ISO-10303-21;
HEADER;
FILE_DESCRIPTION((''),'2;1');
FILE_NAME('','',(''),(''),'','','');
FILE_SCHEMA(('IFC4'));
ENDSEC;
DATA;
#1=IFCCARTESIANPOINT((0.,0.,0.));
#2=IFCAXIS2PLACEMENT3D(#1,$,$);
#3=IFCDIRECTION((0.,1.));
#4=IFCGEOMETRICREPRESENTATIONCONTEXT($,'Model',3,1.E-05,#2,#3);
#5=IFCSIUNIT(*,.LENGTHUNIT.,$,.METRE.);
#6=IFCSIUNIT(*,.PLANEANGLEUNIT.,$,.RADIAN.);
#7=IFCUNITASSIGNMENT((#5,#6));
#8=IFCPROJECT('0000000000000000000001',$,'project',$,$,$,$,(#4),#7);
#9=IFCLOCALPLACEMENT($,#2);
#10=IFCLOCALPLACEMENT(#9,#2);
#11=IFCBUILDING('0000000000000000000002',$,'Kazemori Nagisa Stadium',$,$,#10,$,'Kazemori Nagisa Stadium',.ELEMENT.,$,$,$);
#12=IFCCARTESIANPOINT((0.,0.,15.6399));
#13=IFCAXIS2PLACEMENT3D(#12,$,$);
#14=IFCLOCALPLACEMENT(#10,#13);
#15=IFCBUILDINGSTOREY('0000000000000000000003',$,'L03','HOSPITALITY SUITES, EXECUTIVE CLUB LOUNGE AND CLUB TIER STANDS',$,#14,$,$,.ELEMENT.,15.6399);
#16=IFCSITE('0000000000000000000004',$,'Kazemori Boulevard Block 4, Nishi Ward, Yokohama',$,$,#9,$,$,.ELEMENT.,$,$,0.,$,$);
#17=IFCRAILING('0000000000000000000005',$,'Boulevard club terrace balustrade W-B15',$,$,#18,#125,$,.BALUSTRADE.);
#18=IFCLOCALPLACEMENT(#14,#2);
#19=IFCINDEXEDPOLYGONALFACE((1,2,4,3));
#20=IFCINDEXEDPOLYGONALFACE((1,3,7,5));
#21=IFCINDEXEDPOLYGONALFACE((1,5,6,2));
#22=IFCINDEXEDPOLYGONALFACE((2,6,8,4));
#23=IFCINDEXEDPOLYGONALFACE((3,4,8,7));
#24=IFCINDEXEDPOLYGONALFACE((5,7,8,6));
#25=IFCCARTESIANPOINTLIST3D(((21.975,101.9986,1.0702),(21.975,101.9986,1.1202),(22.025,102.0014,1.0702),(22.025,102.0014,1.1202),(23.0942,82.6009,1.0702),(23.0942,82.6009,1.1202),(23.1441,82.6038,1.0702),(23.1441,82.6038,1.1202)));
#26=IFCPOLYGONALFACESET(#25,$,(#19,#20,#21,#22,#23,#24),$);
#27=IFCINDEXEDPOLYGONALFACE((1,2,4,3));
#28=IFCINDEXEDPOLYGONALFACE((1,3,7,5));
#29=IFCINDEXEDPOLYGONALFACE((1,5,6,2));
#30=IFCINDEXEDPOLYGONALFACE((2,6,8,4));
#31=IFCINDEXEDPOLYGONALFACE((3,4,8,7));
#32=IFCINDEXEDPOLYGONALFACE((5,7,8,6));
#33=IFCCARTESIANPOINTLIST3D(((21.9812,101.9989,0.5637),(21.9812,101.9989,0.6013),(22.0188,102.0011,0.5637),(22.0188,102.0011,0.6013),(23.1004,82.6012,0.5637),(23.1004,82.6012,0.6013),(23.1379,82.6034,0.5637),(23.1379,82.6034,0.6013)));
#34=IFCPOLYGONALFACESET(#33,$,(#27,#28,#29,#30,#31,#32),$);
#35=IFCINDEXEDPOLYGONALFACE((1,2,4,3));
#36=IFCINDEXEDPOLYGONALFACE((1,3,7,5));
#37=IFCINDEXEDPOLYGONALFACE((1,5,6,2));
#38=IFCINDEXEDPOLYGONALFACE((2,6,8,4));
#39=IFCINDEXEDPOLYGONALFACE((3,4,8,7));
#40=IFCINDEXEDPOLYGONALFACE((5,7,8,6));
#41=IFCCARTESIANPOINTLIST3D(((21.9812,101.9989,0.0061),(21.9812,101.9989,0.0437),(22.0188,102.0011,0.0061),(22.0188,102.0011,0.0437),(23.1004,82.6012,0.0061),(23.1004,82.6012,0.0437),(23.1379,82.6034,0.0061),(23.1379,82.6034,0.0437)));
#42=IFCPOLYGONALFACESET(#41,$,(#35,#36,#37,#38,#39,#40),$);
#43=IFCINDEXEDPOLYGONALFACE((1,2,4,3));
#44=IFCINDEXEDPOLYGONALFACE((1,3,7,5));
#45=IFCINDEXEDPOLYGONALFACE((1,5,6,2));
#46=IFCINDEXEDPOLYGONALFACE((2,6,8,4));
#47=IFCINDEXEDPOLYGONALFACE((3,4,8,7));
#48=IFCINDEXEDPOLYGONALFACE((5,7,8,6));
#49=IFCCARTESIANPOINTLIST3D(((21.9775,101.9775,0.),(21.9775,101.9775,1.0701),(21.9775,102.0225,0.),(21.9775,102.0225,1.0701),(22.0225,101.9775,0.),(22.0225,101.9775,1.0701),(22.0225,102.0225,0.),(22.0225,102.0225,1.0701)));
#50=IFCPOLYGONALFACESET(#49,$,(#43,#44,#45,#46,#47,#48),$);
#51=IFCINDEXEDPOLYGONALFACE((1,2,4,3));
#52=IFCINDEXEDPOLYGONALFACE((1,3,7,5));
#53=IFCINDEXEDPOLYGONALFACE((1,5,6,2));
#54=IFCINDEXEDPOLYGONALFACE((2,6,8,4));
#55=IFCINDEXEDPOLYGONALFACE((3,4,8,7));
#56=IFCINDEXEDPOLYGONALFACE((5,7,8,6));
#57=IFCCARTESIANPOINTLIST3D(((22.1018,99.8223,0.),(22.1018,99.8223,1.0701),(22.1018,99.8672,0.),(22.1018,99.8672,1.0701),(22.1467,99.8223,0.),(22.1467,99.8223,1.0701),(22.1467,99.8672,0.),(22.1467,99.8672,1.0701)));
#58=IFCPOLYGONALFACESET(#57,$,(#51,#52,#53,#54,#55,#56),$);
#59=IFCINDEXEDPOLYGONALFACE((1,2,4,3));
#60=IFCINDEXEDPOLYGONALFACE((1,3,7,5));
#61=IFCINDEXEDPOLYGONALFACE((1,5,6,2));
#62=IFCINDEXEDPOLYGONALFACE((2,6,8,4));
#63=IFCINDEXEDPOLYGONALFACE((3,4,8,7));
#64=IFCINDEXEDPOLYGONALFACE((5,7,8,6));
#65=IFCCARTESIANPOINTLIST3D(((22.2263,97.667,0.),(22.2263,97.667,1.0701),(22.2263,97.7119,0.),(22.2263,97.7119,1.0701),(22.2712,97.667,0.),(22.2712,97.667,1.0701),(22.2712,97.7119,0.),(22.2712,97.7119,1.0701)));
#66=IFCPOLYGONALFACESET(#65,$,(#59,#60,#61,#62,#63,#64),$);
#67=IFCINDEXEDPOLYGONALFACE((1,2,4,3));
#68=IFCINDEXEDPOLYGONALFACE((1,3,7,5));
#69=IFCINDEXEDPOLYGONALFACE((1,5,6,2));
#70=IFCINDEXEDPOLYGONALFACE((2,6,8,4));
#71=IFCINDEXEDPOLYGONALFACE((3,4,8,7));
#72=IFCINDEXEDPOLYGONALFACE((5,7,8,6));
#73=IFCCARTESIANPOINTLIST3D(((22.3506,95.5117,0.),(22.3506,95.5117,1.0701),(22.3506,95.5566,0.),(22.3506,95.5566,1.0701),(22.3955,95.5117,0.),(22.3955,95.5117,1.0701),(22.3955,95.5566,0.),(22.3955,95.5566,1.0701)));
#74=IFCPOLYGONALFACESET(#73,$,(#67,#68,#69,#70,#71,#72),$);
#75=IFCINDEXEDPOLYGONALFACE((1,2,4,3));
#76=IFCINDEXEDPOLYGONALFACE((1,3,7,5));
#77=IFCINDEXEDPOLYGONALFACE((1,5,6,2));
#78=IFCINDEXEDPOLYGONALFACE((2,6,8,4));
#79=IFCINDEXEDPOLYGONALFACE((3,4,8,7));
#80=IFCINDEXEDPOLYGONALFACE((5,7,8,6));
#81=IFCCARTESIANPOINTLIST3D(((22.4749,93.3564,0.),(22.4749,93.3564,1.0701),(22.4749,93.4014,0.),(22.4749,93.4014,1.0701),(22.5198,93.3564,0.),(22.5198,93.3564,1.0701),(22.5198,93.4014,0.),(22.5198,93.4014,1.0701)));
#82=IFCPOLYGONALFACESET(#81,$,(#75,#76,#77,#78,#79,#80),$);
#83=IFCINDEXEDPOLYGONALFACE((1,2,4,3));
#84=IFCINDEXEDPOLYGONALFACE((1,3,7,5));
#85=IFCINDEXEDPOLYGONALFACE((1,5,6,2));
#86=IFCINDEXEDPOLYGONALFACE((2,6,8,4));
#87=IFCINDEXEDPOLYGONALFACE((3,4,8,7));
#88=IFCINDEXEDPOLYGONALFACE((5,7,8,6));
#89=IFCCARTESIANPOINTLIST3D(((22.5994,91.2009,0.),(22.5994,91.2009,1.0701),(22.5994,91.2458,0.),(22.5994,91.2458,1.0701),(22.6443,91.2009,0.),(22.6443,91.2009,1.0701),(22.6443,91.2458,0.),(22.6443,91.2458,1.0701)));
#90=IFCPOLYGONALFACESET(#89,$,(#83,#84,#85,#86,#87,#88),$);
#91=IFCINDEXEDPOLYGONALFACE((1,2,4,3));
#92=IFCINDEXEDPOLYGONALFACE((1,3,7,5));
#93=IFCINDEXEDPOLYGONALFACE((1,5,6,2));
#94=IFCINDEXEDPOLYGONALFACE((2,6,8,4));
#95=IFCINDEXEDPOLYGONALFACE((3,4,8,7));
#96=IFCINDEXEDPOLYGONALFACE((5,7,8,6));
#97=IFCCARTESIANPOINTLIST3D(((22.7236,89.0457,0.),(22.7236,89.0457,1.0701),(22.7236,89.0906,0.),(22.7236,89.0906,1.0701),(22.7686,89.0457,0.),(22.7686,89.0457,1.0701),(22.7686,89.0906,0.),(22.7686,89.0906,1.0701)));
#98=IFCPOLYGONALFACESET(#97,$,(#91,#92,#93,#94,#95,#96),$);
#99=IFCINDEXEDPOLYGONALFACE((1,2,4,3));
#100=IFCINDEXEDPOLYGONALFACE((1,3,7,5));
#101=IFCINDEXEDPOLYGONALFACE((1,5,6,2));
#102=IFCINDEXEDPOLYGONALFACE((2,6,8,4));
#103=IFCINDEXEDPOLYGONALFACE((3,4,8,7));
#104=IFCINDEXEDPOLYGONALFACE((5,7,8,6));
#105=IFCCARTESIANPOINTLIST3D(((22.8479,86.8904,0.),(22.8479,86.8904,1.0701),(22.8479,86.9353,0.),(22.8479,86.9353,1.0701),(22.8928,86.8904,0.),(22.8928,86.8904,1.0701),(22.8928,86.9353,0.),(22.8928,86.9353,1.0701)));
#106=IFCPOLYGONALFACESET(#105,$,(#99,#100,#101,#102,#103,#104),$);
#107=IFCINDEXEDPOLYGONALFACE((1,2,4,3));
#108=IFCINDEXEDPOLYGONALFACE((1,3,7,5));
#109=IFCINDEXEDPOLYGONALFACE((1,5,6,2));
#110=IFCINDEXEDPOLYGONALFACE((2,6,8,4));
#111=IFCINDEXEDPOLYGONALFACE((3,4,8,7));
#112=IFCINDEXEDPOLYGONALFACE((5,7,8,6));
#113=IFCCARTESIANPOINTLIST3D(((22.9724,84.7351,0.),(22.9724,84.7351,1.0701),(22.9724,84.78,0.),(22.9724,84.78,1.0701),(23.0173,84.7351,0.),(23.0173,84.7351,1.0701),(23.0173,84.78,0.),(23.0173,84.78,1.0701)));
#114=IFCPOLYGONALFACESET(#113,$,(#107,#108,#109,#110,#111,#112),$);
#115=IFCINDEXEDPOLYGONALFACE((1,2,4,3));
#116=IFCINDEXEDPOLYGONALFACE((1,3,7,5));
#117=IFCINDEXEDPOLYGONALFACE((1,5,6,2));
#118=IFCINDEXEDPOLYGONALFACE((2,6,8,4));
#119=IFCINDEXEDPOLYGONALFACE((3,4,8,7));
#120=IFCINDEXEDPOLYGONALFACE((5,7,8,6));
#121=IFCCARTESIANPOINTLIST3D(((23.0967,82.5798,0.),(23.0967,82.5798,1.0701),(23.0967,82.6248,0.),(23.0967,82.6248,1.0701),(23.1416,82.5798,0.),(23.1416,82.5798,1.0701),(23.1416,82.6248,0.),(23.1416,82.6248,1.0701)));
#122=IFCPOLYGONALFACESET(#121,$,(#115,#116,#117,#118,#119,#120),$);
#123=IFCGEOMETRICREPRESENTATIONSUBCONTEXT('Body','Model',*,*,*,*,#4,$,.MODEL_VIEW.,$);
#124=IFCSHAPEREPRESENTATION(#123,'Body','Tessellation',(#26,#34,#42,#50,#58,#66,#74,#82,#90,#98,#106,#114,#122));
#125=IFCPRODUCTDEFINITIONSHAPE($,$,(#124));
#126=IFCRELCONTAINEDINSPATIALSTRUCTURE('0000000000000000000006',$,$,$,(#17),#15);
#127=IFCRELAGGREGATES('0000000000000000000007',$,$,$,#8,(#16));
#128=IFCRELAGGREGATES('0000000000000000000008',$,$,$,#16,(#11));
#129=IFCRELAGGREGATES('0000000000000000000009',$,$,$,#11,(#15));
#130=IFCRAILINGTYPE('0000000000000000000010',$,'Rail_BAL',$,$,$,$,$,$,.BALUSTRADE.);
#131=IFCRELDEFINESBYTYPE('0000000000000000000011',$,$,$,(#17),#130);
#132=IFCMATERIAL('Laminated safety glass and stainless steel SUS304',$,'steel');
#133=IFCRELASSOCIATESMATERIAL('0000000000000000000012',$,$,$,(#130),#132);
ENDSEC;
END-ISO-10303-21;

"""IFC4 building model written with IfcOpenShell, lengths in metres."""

from ifc_helpers import new_model, si_unit, direction, frame, origin, origin_2d, place, context, subcontext, project, spatial, rectangle, extrude, material, type_object, element, save


model = new_model("IFC4")

# Units and contexts
model_context = context("Model", 3, precision=1e-05, world=origin(), true_north=direction((0.0, 1.0)))
body_context = subcontext(model_context, "Body", "Model", "MODEL_VIEW")
ifc_project = project(units=[si_unit("LENGTHUNIT", "METRE"), si_unit("PLANEANGLEUNIT", "RADIAN")], contexts=[model_context])

# Site, building, storey
site_placement = place(None, origin())
site = spatial("IfcSite", under=ifc_project, at=site_placement, Name="Kazemori Boulevard Block 4, Nishi Ward, Yokohama", CompositionType="ELEMENT", RefElevation=0.0)
building_placement = place(site_placement, origin())
building = spatial("IfcBuilding", under=site, at=building_placement, Name="Kazemori Nagisa Stadium", LongName="Kazemori Nagisa Stadium", CompositionType="ELEMENT")
storey_placement = place(building_placement, frame((0.0, 0.0, 15.6399)))
storey = spatial("IfcBuildingStorey", under=building, at=storey_placement, Name="L03", Description="HOSPITALITY SUITES, EXECUTIVE CLUB LOUNGE AND CLUB TIER STANDS", CompositionType="ELEMENT", Elevation=15.6399)

# Railing
ifc_material_1 = material(Name="Laminated safety glass and stainless steel SUS304", Category="steel")
railing_type = type_object("IfcRailingType", Name="Rail_BAL", PredefinedType="BALUSTRADE", material=ifc_material_1)
railing_1_placement = place(storey_placement, frame((22.0, 102.0, 0.0)))
element("IfcRailing", 1, at=railing_1_placement, inside=storey, type_object=railing_type, Name="Boulevard club terrace balustrade W-B15", PredefinedType="BALUSTRADE", context=body_context, shape_type="SweptSolid", body=[
    extrude(rectangle(XDim=0.05, YDim=0.05, at=origin_2d()), frame((0.0, 0.0, 1.0952), z_axis=(0.057599, -0.99834, 0.0), x_axis=(0.99834, 0.057599, 0.0)), (0.0, 0.0, 1.0), 19.4299),
    extrude(rectangle(XDim=0.0376, YDim=0.0376, at=origin_2d()), frame((0.0, 0.0, 0.5825), z_axis=(0.057599, -0.99834, 0.0), x_axis=(0.99834, 0.057599, 0.0)), (0.0, 0.0, 1.0), 19.4299),
    extrude(rectangle(XDim=0.0376, YDim=0.0376, at=origin_2d()), frame((0.0, 0.0, 0.0249), z_axis=(0.057599, -0.99834, 0.0), x_axis=(0.99834, 0.057599, 0.0)), (0.0, 0.0, 1.0), 19.4299),
    extrude(rectangle(XDim=0.0449, YDim=0.0449, at=origin_2d()), origin(), (0.0, 0.0, 1.0), 1.0701),
    extrude(rectangle(XDim=0.0449, YDim=0.0449, at=origin_2d()), frame((0.1243, -2.1553, 0.0)), (0.0, 0.0, 1.0), 1.0701),
    extrude(rectangle(XDim=0.0449, YDim=0.0449, at=origin_2d()), frame((0.2488, -4.3105, 0.0)), (0.0, 0.0, 1.0), 1.0701),
    extrude(rectangle(XDim=0.0449, YDim=0.0449, at=origin_2d()), frame((0.373, -6.4658, 0.0)), (0.0, 0.0, 1.0), 1.0701),
    extrude(rectangle(XDim=0.0449, YDim=0.0449, at=origin_2d()), frame((0.4973, -8.6211, 0.0)), (0.0, 0.0, 1.0), 1.0701),
    extrude(rectangle(XDim=0.0449, YDim=0.0449, at=origin_2d()), frame((0.6218, -10.7766, 0.0)), (0.0, 0.0, 1.0), 1.0701),
    extrude(rectangle(XDim=0.0449, YDim=0.0449, at=origin_2d()), frame((0.7461, -12.9319, 0.0)), (0.0, 0.0, 1.0), 1.0701),
    extrude(rectangle(XDim=0.0449, YDim=0.0449, at=origin_2d()), frame((0.8704, -15.0872, 0.0)), (0.0, 0.0, 1.0), 1.0701),
    extrude(rectangle(XDim=0.0449, YDim=0.0449, at=origin_2d()), frame((0.9949, -17.2424, 0.0)), (0.0, 0.0, 1.0), 1.0701),
    extrude(rectangle(XDim=0.0449, YDim=0.0449, at=origin_2d()), frame((1.1191, -19.3977, 0.0)), (0.0, 0.0, 1.0), 1.0701),
])

save(model, "model.ifc")
